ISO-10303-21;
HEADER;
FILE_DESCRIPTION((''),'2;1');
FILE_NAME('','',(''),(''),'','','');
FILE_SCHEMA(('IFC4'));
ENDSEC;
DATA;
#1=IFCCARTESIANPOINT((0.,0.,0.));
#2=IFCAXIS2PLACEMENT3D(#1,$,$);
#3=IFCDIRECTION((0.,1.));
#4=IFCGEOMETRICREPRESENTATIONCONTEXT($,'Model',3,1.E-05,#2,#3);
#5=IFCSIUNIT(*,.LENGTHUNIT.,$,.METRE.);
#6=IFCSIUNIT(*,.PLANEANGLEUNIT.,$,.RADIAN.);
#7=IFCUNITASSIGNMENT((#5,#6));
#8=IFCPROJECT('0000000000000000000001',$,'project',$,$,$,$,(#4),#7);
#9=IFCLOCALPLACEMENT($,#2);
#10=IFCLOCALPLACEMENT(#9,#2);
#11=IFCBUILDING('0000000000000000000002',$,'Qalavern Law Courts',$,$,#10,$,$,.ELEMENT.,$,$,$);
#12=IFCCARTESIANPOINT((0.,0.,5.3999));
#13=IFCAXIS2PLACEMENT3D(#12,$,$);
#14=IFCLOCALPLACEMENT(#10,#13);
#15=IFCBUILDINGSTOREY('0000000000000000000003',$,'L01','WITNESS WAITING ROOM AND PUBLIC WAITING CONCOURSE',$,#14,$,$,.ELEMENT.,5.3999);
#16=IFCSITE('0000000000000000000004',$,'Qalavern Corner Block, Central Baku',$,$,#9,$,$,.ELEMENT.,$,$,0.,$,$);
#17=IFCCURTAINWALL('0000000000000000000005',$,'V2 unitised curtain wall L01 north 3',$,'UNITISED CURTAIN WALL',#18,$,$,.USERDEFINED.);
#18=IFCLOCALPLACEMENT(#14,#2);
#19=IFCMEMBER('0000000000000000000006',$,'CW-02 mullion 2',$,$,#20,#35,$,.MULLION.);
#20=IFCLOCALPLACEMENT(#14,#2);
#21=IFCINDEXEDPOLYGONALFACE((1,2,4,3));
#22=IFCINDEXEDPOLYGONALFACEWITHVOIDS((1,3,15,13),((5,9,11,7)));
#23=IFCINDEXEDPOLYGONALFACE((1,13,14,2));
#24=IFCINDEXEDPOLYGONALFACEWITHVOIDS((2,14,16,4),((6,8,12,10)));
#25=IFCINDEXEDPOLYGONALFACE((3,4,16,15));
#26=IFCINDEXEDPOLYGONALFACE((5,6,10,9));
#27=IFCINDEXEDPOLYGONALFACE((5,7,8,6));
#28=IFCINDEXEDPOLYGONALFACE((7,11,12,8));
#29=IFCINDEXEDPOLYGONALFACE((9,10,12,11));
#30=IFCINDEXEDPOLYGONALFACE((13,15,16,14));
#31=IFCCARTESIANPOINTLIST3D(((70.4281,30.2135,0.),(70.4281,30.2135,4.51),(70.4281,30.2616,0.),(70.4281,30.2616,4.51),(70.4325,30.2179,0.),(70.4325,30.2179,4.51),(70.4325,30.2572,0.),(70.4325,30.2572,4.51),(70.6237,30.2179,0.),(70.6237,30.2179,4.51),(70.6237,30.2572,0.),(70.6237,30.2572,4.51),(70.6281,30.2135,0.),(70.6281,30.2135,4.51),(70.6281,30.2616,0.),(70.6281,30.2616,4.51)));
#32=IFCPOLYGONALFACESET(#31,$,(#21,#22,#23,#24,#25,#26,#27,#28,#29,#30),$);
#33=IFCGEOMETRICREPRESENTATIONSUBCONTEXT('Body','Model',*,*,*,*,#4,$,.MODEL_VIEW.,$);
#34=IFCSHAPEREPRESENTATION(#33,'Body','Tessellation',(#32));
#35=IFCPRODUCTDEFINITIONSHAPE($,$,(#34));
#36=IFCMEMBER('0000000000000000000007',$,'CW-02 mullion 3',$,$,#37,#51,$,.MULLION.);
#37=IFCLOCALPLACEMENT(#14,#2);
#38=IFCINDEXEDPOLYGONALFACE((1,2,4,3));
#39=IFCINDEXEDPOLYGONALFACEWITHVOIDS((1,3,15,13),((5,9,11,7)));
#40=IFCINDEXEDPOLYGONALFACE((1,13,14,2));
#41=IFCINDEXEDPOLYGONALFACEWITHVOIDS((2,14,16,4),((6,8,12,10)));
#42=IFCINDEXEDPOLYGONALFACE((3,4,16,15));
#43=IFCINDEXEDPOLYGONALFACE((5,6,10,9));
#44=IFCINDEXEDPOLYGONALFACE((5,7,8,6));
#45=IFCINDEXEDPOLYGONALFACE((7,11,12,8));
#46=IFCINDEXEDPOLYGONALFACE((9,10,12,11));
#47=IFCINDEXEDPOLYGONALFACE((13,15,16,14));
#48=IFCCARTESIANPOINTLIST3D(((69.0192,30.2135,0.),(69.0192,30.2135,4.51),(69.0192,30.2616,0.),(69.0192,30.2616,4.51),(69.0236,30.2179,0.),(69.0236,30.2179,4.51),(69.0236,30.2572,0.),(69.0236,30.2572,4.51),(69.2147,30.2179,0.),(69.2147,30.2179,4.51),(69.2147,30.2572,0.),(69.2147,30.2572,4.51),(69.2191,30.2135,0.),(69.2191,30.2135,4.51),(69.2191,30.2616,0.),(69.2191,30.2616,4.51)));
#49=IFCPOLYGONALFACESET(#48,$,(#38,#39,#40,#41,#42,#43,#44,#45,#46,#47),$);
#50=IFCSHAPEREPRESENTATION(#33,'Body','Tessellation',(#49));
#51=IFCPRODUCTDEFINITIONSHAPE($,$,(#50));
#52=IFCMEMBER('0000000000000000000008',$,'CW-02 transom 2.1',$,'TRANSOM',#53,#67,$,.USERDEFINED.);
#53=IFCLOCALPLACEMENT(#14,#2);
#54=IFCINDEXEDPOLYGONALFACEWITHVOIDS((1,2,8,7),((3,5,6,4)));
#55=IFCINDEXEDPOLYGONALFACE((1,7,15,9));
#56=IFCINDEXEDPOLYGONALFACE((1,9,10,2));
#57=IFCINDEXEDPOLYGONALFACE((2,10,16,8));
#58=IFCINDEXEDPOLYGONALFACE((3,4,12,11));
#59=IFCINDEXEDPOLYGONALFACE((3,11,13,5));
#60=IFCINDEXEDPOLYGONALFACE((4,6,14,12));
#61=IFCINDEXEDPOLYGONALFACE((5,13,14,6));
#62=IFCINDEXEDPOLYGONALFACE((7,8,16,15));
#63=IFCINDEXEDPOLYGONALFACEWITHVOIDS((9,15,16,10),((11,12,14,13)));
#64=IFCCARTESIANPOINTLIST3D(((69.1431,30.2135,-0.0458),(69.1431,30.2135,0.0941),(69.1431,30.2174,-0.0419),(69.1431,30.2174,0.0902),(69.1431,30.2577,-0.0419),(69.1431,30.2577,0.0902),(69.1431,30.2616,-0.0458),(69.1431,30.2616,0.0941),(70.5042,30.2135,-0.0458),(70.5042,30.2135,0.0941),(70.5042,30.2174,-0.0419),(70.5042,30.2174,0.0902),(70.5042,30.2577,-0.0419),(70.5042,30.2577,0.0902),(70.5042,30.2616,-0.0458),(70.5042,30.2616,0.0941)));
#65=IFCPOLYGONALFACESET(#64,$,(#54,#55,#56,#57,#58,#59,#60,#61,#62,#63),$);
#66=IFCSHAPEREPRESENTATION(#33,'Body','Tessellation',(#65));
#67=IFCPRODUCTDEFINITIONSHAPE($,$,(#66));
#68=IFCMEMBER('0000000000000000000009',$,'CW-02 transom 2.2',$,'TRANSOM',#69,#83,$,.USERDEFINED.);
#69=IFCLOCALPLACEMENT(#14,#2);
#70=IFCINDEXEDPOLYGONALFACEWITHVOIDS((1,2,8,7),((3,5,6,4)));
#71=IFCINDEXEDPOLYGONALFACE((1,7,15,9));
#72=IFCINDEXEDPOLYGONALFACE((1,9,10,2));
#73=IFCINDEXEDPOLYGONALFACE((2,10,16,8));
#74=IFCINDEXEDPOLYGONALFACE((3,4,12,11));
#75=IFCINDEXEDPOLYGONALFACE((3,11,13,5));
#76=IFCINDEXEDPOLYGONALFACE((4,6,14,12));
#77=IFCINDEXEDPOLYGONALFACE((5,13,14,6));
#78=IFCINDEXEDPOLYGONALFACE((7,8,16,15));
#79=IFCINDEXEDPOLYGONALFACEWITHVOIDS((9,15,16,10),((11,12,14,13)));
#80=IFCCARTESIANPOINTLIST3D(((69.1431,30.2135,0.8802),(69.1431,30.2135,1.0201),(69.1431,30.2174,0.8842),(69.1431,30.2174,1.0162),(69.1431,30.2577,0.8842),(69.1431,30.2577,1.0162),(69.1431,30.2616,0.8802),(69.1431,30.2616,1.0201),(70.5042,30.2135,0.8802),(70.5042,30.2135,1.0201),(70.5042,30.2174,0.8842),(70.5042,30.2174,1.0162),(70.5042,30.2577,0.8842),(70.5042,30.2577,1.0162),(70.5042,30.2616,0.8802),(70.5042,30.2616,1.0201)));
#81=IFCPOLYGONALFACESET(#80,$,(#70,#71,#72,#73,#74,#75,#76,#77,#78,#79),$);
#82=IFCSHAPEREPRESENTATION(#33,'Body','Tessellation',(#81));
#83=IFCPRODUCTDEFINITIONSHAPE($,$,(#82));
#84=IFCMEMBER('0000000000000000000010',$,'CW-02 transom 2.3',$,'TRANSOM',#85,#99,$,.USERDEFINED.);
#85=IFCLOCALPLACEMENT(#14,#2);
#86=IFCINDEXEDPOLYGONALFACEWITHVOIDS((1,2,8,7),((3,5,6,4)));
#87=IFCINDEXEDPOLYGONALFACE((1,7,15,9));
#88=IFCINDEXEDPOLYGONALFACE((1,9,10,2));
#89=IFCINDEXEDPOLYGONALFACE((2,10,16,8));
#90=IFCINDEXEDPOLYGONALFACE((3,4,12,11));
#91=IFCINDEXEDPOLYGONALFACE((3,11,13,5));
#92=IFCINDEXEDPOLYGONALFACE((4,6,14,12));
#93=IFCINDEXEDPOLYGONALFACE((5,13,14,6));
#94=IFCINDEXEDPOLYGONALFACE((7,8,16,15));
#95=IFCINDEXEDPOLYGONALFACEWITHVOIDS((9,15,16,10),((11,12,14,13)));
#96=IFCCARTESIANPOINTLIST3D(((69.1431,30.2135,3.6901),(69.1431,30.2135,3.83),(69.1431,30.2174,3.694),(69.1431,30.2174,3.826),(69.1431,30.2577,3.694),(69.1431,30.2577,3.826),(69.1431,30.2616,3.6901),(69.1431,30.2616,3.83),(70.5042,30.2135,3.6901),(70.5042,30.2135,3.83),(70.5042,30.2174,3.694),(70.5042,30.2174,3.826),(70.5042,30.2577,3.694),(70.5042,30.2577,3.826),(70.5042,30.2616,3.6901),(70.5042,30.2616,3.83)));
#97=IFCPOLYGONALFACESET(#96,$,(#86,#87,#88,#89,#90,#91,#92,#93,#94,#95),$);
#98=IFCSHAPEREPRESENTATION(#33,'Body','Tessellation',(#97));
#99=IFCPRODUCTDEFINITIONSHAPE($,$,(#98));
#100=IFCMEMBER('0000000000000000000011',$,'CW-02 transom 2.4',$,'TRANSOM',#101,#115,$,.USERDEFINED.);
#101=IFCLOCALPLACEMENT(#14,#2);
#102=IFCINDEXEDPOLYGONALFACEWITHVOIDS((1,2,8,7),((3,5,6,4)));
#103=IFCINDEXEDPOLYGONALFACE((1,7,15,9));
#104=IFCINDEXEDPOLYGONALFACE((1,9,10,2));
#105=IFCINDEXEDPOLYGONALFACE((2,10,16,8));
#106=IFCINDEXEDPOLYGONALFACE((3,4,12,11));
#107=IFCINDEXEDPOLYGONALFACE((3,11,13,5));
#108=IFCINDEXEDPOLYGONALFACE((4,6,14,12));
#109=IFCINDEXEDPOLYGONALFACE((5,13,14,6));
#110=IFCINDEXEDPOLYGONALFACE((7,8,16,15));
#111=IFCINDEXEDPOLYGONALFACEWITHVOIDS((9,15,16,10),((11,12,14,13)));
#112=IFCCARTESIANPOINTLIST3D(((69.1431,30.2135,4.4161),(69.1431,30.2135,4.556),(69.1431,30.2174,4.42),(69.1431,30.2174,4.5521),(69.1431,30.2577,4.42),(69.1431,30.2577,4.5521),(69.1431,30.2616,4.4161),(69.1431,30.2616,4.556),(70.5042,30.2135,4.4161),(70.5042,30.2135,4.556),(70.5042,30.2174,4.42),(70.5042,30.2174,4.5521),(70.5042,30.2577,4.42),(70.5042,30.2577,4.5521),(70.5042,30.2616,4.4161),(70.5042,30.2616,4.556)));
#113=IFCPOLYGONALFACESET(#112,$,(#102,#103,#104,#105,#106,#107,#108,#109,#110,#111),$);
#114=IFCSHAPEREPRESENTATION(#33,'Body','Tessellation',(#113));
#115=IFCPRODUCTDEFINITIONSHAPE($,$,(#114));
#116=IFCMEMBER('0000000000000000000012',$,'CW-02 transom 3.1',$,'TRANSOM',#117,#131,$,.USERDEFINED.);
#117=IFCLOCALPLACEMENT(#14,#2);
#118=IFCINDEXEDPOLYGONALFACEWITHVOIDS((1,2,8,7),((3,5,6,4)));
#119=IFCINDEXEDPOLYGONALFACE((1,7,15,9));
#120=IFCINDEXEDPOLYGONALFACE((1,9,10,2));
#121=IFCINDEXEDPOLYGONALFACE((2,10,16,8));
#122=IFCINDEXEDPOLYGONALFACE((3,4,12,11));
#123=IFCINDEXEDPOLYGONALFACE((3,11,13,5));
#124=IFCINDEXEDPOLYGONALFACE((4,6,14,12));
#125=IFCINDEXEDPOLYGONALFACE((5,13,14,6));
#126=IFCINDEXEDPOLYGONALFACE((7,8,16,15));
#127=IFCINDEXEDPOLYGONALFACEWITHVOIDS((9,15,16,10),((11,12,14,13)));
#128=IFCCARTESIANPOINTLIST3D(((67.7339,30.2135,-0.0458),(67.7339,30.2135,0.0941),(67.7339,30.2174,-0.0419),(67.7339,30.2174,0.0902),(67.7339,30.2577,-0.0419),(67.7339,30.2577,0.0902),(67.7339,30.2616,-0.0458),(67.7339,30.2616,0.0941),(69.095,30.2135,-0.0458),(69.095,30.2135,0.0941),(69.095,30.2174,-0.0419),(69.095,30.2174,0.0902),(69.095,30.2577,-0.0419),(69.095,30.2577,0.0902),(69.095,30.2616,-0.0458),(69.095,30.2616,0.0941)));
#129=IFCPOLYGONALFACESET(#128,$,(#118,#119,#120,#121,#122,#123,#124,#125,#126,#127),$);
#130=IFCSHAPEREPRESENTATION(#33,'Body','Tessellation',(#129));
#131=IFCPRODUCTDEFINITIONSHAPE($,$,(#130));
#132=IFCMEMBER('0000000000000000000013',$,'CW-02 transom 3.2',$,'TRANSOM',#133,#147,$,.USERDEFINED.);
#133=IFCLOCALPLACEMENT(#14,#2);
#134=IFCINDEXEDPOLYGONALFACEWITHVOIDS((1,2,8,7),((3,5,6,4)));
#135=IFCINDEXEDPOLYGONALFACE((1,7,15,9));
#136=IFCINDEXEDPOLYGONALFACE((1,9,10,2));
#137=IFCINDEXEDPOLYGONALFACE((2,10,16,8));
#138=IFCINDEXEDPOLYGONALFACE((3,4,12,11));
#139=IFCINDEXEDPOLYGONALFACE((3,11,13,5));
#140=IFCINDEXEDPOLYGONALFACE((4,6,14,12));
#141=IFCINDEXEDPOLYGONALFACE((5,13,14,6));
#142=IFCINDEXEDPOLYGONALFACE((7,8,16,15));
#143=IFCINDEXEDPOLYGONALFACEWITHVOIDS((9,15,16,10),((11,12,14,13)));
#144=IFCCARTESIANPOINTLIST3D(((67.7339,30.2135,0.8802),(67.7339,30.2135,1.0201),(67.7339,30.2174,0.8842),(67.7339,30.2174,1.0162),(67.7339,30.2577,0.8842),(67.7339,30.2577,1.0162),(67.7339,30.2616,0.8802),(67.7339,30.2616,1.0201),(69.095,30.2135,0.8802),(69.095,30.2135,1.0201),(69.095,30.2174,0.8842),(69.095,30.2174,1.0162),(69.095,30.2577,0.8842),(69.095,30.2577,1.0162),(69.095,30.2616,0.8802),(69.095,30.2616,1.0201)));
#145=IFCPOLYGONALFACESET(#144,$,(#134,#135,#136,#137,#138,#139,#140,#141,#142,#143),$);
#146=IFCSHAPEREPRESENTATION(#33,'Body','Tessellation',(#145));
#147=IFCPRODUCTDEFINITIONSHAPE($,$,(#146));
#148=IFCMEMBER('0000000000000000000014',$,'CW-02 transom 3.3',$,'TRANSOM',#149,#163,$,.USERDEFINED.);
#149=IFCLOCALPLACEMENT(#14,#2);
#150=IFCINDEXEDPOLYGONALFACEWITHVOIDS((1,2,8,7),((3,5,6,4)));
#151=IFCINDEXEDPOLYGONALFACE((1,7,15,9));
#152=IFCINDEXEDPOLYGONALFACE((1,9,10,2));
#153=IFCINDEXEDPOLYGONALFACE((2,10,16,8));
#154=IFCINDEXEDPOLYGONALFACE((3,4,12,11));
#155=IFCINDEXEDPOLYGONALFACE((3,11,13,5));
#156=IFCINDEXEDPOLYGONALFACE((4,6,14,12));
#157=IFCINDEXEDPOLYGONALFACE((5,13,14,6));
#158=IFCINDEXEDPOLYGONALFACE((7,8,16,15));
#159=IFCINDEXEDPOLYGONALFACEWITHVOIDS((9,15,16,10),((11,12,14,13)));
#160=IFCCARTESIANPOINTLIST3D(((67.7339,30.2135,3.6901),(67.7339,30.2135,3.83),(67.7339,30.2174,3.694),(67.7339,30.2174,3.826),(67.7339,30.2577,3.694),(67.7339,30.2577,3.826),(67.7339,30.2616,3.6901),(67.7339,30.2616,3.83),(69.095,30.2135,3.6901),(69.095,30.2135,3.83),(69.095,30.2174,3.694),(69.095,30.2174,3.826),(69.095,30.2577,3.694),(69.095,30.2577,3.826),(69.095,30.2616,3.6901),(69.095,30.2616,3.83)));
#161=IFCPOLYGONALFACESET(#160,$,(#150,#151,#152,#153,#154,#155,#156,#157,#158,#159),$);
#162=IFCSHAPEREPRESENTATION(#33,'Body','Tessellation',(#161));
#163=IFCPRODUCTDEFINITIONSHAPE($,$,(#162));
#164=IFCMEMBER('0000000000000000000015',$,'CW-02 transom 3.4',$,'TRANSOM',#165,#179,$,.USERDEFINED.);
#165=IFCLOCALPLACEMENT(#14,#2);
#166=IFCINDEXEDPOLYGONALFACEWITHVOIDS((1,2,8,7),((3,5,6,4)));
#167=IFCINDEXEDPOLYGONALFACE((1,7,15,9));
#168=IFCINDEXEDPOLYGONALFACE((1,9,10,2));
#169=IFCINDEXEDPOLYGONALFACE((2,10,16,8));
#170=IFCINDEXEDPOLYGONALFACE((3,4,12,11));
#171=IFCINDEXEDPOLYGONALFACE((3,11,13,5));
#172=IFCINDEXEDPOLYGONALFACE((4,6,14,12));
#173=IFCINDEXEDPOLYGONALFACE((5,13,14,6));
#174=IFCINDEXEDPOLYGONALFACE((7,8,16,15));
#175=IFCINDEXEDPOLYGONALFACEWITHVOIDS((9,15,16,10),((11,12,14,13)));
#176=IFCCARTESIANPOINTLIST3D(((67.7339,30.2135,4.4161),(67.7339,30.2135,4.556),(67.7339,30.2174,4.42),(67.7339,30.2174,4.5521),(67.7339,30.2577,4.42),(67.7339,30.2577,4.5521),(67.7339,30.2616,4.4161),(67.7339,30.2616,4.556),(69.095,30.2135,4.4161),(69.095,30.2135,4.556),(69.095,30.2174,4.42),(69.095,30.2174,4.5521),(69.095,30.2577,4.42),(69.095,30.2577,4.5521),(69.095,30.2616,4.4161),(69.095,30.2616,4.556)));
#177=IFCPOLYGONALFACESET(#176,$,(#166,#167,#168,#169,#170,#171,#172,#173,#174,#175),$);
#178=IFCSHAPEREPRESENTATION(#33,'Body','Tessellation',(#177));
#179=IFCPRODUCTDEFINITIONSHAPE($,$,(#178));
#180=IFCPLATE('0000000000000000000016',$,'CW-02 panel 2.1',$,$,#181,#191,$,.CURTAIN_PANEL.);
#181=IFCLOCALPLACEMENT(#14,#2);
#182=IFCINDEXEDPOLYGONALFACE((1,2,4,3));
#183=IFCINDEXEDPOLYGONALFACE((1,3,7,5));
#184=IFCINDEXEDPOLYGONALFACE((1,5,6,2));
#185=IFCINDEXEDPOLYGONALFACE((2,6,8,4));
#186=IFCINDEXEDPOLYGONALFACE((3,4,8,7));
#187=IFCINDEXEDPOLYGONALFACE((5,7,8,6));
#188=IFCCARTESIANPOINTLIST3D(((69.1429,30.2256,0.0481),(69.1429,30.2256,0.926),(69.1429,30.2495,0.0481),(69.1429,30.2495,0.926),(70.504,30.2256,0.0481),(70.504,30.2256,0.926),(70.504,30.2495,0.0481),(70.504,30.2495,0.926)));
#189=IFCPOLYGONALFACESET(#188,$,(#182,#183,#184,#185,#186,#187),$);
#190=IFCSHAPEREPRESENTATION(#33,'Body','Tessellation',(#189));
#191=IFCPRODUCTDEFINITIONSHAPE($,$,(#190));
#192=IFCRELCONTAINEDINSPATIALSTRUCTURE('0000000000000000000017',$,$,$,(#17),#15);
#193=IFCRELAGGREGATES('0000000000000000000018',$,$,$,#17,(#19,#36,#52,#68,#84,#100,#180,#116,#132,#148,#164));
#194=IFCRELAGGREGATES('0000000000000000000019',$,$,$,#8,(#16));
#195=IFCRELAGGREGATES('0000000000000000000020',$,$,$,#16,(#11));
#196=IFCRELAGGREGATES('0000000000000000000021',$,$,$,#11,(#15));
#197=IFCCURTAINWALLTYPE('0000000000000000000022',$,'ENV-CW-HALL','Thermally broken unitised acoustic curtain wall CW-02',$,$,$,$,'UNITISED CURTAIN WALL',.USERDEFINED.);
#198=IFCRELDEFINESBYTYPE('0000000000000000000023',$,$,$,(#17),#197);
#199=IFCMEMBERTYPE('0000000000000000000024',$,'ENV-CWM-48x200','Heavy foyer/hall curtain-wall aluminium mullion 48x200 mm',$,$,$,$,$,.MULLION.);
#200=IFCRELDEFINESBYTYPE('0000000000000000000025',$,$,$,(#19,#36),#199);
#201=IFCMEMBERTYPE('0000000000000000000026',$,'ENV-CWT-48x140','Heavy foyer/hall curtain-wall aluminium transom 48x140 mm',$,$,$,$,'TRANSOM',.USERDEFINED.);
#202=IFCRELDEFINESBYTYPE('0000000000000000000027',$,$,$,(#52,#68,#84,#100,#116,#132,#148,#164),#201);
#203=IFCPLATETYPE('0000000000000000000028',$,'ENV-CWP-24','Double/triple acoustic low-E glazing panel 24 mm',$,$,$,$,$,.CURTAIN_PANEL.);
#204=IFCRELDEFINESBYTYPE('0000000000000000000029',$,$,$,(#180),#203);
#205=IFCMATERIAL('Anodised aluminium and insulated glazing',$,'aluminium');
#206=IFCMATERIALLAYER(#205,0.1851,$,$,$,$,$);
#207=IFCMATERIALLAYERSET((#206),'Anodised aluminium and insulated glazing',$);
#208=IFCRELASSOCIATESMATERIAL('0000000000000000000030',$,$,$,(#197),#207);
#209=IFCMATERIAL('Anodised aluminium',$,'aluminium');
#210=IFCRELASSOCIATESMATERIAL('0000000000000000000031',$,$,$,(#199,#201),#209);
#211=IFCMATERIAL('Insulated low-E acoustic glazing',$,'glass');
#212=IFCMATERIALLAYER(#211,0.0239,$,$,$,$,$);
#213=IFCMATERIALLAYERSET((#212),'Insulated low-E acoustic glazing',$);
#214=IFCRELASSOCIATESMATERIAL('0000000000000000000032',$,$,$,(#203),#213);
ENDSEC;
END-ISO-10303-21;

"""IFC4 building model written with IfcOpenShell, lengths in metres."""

from ifc_helpers import new_model, si_unit, direction, frame, origin, origin_2d, place, context, subcontext, project, spatial, rectangle, hollow_rectangle, extrude, material, layer, layer_set, material_profile, profile_set, type_object, element, aggregate, save


model = new_model("IFC4")

# Units and contexts
model_context = context("Model", 3, precision=1e-05, world=origin(), true_north=direction((0.0, 1.0)))
body_context = subcontext(model_context, "Body", "Model", "MODEL_VIEW")
ifc_project = project(units=[si_unit("LENGTHUNIT", "METRE"), si_unit("PLANEANGLEUNIT", "RADIAN")], contexts=[model_context])

# Site, building, storey
site_placement = place(None, origin())
site = spatial("IfcSite", under=ifc_project, at=site_placement, Name="Qalavern Corner Block, Central Baku", CompositionType="ELEMENT", RefElevation=0.0)
building_placement = place(site_placement, origin())
building = spatial("IfcBuilding", under=site, at=building_placement, Name="Qalavern Law Courts", CompositionType="ELEMENT")
storey_placement = place(building_placement, frame((0.0, 0.0, 5.3999)))
storey = spatial("IfcBuildingStorey", under=building, at=storey_placement, Name="L01", Description="WITNESS WAITING ROOM AND PUBLIC WAITING CONCOURSE", CompositionType="ELEMENT", Elevation=5.3999)

# Curtain wall, members, plate
ifc_material_1 = material(Name="Anodised aluminium and insulated glazing", Category="aluminium")
ifc_layer_1 = layer(ifc_material_1, 0.1851)
ifc_layer_set_1 = layer_set([ifc_layer_1], Name="Anodised aluminium and insulated glazing")
curtain_wall_type = type_object("IfcCurtainWallType", Name="ENV-CW-HALL", Description="Thermally broken unitised acoustic curtain wall CW-02", ElementType="UNITISED CURTAIN WALL", PredefinedType="USERDEFINED", material=ifc_layer_set_1)
curtain_wall_placement = place(storey_placement, origin())
curtain_wall = element("IfcCurtainWall", 1, at=curtain_wall_placement, inside=storey, type_object=curtain_wall_type, Name="V2 unitised curtain wall L01 north 3", ObjectType="UNITISED CURTAIN WALL", PredefinedType="USERDEFINED")
ifc_material_2 = material(Name="Anodised aluminium", Category="aluminium")
ifc_material_profile_1 = material_profile(ifc_material_2, hollow_rectangle(XDim=0.0481, YDim=0.2, WallThickness=0.0044, at=origin_2d()), Name="ALU MULLION 48x200")
ifc_profile_set_1 = profile_set([ifc_material_profile_1], Name="Anodised aluminium")
member_type_1 = type_object("IfcMemberType", Name="ENV-CWM-48x200", Description="Heavy foyer/hall curtain-wall aluminium mullion 48x200 mm", PredefinedType="MULLION", material=ifc_profile_set_1)
member_1_placement = place(storey_placement, frame((70.5281, 30.2375, 0.0), z_axis=(0.0, 0.0, 1.0), x_axis=(0.0, -1.0, 0.0)))
member_1 = element("IfcMember", 2, at=member_1_placement, type_object=member_type_1, Name="CW-02 mullion 2", PredefinedType="MULLION", context=body_context, shape_type="SweptSolid", body=[
    extrude(hollow_rectangle(XDim=0.0481, YDim=0.2, WallThickness=0.0044, at=origin_2d()), origin(), (0.0, 0.0, 1.0), 4.51),
])
member_2_placement = place(storey_placement, frame((69.1191, 30.2375, 0.0), z_axis=(0.0, 0.0, 1.0), x_axis=(0.0, -1.0, 0.0)))
member_2 = element("IfcMember", 3, at=member_2_placement, type_object=member_type_1, Name="CW-02 mullion 3", PredefinedType="MULLION", context=body_context, shape_type="SweptSolid", body=[
    extrude(hollow_rectangle(XDim=0.0481, YDim=0.2, WallThickness=0.0044, at=origin_2d()), origin(), (0.0, 0.0, 1.0), 4.51),
])
ifc_material_profile_2 = material_profile(ifc_material_2, hollow_rectangle(XDim=0.0481, YDim=0.1399, WallThickness=0.0039, at=origin_2d()), Name="ALU TRANSOM 48x140")
ifc_profile_set_2 = profile_set([ifc_material_profile_2], Name="Anodised aluminium")
member_type_2 = type_object("IfcMemberType", Name="ENV-CWT-48x140", Description="Heavy foyer/hall curtain-wall aluminium transom 48x140 mm", ElementType="TRANSOM", PredefinedType="USERDEFINED", material=ifc_profile_set_2)
member_3_placement = place(storey_placement, frame((70.5042, 30.2375, 0.0242), z_axis=(-1.0, 0.0, 0.0), x_axis=(0.0, -1.0, 0.0)))
member_3 = element("IfcMember", 4, at=member_3_placement, type_object=member_type_2, Name="CW-02 transom 2.1", ObjectType="TRANSOM", PredefinedType="USERDEFINED", context=body_context, shape_type="SweptSolid", body=[
    extrude(hollow_rectangle(XDim=0.0481, YDim=0.1399, WallThickness=0.0039, at=origin_2d()), origin(), (0.0, 0.0, 1.0), 1.3611),
])
member_4_placement = place(storey_placement, frame((70.5042, 30.2375, 0.9502), z_axis=(-1.0, 0.0, 0.0), x_axis=(0.0, -1.0, 0.0)))
member_4 = element("IfcMember", 5, at=member_4_placement, type_object=member_type_2, Name="CW-02 transom 2.2", ObjectType="TRANSOM", PredefinedType="USERDEFINED", context=body_context, shape_type="SweptSolid", body=[
    extrude(hollow_rectangle(XDim=0.0481, YDim=0.1399, WallThickness=0.0039, at=origin_2d()), origin(), (0.0, 0.0, 1.0), 1.3611),
])
member_5_placement = place(storey_placement, frame((70.5042, 30.2375, 3.76), z_axis=(-1.0, 0.0, 0.0), x_axis=(0.0, -1.0, 0.0)))
member_5 = element("IfcMember", 6, at=member_5_placement, type_object=member_type_2, Name="CW-02 transom 2.3", ObjectType="TRANSOM", PredefinedType="USERDEFINED", context=body_context, shape_type="SweptSolid", body=[
    extrude(hollow_rectangle(XDim=0.0481, YDim=0.1399, WallThickness=0.0039, at=origin_2d()), origin(), (0.0, 0.0, 1.0), 1.3611),
])
member_6_placement = place(storey_placement, frame((70.5042, 30.2375, 4.4861), z_axis=(-1.0, 0.0, 0.0), x_axis=(0.0, -1.0, 0.0)))
member_6 = element("IfcMember", 7, at=member_6_placement, type_object=member_type_2, Name="CW-02 transom 2.4", ObjectType="TRANSOM", PredefinedType="USERDEFINED", context=body_context, shape_type="SweptSolid", body=[
    extrude(hollow_rectangle(XDim=0.0481, YDim=0.1399, WallThickness=0.0039, at=origin_2d()), origin(), (0.0, 0.0, 1.0), 1.3611),
])
member_7_placement = place(storey_placement, frame((69.095, 30.2375, 0.0242), z_axis=(-1.0, 0.0, 0.0), x_axis=(0.0, -1.0, 0.0)))
member_7 = element("IfcMember", 8, at=member_7_placement, type_object=member_type_2, Name="CW-02 transom 3.1", ObjectType="TRANSOM", PredefinedType="USERDEFINED", context=body_context, shape_type="SweptSolid", body=[
    extrude(hollow_rectangle(XDim=0.0481, YDim=0.1399, WallThickness=0.0039, at=origin_2d()), origin(), (0.0, 0.0, 1.0), 1.3611),
])
member_8_placement = place(storey_placement, frame((69.095, 30.2375, 0.9502), z_axis=(-1.0, 0.0, 0.0), x_axis=(0.0, -1.0, 0.0)))
member_8 = element("IfcMember", 9, at=member_8_placement, type_object=member_type_2, Name="CW-02 transom 3.2", ObjectType="TRANSOM", PredefinedType="USERDEFINED", context=body_context, shape_type="SweptSolid", body=[
    extrude(hollow_rectangle(XDim=0.0481, YDim=0.1399, WallThickness=0.0039, at=origin_2d()), origin(), (0.0, 0.0, 1.0), 1.3611),
])
member_9_placement = place(storey_placement, frame((69.095, 30.2375, 3.76), z_axis=(-1.0, 0.0, 0.0), x_axis=(0.0, -1.0, 0.0)))
member_9 = element("IfcMember", 10, at=member_9_placement, type_object=member_type_2, Name="CW-02 transom 3.3", ObjectType="TRANSOM", PredefinedType="USERDEFINED", context=body_context, shape_type="SweptSolid", body=[
    extrude(hollow_rectangle(XDim=0.0481, YDim=0.1399, WallThickness=0.0039, at=origin_2d()), origin(), (0.0, 0.0, 1.0), 1.3611),
])
member_10_placement = place(storey_placement, frame((69.095, 30.2375, 4.4861), z_axis=(-1.0, 0.0, 0.0), x_axis=(0.0, -1.0, 0.0)))
member_10 = element("IfcMember", 11, at=member_10_placement, type_object=member_type_2, Name="CW-02 transom 3.4", ObjectType="TRANSOM", PredefinedType="USERDEFINED", context=body_context, shape_type="SweptSolid", body=[
    extrude(hollow_rectangle(XDim=0.0481, YDim=0.1399, WallThickness=0.0039, at=origin_2d()), origin(), (0.0, 0.0, 1.0), 1.3611),
])
ifc_material_3 = material(Name="Insulated low-E acoustic glazing", Category="glass")
ifc_layer_2 = layer(ifc_material_3, 0.0239)
ifc_layer_set_2 = layer_set([ifc_layer_2], Name="Insulated low-E acoustic glazing")
plate_type = type_object("IfcPlateType", Name="ENV-CWP-24", Description="Double/triple acoustic low-E glazing panel 24 mm", PredefinedType="CURTAIN_PANEL", material=ifc_layer_set_2)
plate_1_placement = place(storey_placement, frame((69.8235, 30.2375, 0.0481), z_axis=(0.0, 0.0, 1.0), x_axis=(-1.0, 0.0, 0.0)))
plate_1 = element("IfcPlate", 12, at=plate_1_placement, type_object=plate_type, Name="CW-02 panel 2.1", PredefinedType="CURTAIN_PANEL", context=body_context, shape_type="SweptSolid", body=[
    extrude(rectangle(XDim=1.3611, YDim=0.0239, at=origin_2d()), origin(), (0.0, 0.0, 1.0), 0.8779),
])
aggregate(curtain_wall, [member_1, member_2, member_3, member_4, member_5, member_6, plate_1, member_7, member_8, member_9, member_10])

save(model, "model.ifc")
